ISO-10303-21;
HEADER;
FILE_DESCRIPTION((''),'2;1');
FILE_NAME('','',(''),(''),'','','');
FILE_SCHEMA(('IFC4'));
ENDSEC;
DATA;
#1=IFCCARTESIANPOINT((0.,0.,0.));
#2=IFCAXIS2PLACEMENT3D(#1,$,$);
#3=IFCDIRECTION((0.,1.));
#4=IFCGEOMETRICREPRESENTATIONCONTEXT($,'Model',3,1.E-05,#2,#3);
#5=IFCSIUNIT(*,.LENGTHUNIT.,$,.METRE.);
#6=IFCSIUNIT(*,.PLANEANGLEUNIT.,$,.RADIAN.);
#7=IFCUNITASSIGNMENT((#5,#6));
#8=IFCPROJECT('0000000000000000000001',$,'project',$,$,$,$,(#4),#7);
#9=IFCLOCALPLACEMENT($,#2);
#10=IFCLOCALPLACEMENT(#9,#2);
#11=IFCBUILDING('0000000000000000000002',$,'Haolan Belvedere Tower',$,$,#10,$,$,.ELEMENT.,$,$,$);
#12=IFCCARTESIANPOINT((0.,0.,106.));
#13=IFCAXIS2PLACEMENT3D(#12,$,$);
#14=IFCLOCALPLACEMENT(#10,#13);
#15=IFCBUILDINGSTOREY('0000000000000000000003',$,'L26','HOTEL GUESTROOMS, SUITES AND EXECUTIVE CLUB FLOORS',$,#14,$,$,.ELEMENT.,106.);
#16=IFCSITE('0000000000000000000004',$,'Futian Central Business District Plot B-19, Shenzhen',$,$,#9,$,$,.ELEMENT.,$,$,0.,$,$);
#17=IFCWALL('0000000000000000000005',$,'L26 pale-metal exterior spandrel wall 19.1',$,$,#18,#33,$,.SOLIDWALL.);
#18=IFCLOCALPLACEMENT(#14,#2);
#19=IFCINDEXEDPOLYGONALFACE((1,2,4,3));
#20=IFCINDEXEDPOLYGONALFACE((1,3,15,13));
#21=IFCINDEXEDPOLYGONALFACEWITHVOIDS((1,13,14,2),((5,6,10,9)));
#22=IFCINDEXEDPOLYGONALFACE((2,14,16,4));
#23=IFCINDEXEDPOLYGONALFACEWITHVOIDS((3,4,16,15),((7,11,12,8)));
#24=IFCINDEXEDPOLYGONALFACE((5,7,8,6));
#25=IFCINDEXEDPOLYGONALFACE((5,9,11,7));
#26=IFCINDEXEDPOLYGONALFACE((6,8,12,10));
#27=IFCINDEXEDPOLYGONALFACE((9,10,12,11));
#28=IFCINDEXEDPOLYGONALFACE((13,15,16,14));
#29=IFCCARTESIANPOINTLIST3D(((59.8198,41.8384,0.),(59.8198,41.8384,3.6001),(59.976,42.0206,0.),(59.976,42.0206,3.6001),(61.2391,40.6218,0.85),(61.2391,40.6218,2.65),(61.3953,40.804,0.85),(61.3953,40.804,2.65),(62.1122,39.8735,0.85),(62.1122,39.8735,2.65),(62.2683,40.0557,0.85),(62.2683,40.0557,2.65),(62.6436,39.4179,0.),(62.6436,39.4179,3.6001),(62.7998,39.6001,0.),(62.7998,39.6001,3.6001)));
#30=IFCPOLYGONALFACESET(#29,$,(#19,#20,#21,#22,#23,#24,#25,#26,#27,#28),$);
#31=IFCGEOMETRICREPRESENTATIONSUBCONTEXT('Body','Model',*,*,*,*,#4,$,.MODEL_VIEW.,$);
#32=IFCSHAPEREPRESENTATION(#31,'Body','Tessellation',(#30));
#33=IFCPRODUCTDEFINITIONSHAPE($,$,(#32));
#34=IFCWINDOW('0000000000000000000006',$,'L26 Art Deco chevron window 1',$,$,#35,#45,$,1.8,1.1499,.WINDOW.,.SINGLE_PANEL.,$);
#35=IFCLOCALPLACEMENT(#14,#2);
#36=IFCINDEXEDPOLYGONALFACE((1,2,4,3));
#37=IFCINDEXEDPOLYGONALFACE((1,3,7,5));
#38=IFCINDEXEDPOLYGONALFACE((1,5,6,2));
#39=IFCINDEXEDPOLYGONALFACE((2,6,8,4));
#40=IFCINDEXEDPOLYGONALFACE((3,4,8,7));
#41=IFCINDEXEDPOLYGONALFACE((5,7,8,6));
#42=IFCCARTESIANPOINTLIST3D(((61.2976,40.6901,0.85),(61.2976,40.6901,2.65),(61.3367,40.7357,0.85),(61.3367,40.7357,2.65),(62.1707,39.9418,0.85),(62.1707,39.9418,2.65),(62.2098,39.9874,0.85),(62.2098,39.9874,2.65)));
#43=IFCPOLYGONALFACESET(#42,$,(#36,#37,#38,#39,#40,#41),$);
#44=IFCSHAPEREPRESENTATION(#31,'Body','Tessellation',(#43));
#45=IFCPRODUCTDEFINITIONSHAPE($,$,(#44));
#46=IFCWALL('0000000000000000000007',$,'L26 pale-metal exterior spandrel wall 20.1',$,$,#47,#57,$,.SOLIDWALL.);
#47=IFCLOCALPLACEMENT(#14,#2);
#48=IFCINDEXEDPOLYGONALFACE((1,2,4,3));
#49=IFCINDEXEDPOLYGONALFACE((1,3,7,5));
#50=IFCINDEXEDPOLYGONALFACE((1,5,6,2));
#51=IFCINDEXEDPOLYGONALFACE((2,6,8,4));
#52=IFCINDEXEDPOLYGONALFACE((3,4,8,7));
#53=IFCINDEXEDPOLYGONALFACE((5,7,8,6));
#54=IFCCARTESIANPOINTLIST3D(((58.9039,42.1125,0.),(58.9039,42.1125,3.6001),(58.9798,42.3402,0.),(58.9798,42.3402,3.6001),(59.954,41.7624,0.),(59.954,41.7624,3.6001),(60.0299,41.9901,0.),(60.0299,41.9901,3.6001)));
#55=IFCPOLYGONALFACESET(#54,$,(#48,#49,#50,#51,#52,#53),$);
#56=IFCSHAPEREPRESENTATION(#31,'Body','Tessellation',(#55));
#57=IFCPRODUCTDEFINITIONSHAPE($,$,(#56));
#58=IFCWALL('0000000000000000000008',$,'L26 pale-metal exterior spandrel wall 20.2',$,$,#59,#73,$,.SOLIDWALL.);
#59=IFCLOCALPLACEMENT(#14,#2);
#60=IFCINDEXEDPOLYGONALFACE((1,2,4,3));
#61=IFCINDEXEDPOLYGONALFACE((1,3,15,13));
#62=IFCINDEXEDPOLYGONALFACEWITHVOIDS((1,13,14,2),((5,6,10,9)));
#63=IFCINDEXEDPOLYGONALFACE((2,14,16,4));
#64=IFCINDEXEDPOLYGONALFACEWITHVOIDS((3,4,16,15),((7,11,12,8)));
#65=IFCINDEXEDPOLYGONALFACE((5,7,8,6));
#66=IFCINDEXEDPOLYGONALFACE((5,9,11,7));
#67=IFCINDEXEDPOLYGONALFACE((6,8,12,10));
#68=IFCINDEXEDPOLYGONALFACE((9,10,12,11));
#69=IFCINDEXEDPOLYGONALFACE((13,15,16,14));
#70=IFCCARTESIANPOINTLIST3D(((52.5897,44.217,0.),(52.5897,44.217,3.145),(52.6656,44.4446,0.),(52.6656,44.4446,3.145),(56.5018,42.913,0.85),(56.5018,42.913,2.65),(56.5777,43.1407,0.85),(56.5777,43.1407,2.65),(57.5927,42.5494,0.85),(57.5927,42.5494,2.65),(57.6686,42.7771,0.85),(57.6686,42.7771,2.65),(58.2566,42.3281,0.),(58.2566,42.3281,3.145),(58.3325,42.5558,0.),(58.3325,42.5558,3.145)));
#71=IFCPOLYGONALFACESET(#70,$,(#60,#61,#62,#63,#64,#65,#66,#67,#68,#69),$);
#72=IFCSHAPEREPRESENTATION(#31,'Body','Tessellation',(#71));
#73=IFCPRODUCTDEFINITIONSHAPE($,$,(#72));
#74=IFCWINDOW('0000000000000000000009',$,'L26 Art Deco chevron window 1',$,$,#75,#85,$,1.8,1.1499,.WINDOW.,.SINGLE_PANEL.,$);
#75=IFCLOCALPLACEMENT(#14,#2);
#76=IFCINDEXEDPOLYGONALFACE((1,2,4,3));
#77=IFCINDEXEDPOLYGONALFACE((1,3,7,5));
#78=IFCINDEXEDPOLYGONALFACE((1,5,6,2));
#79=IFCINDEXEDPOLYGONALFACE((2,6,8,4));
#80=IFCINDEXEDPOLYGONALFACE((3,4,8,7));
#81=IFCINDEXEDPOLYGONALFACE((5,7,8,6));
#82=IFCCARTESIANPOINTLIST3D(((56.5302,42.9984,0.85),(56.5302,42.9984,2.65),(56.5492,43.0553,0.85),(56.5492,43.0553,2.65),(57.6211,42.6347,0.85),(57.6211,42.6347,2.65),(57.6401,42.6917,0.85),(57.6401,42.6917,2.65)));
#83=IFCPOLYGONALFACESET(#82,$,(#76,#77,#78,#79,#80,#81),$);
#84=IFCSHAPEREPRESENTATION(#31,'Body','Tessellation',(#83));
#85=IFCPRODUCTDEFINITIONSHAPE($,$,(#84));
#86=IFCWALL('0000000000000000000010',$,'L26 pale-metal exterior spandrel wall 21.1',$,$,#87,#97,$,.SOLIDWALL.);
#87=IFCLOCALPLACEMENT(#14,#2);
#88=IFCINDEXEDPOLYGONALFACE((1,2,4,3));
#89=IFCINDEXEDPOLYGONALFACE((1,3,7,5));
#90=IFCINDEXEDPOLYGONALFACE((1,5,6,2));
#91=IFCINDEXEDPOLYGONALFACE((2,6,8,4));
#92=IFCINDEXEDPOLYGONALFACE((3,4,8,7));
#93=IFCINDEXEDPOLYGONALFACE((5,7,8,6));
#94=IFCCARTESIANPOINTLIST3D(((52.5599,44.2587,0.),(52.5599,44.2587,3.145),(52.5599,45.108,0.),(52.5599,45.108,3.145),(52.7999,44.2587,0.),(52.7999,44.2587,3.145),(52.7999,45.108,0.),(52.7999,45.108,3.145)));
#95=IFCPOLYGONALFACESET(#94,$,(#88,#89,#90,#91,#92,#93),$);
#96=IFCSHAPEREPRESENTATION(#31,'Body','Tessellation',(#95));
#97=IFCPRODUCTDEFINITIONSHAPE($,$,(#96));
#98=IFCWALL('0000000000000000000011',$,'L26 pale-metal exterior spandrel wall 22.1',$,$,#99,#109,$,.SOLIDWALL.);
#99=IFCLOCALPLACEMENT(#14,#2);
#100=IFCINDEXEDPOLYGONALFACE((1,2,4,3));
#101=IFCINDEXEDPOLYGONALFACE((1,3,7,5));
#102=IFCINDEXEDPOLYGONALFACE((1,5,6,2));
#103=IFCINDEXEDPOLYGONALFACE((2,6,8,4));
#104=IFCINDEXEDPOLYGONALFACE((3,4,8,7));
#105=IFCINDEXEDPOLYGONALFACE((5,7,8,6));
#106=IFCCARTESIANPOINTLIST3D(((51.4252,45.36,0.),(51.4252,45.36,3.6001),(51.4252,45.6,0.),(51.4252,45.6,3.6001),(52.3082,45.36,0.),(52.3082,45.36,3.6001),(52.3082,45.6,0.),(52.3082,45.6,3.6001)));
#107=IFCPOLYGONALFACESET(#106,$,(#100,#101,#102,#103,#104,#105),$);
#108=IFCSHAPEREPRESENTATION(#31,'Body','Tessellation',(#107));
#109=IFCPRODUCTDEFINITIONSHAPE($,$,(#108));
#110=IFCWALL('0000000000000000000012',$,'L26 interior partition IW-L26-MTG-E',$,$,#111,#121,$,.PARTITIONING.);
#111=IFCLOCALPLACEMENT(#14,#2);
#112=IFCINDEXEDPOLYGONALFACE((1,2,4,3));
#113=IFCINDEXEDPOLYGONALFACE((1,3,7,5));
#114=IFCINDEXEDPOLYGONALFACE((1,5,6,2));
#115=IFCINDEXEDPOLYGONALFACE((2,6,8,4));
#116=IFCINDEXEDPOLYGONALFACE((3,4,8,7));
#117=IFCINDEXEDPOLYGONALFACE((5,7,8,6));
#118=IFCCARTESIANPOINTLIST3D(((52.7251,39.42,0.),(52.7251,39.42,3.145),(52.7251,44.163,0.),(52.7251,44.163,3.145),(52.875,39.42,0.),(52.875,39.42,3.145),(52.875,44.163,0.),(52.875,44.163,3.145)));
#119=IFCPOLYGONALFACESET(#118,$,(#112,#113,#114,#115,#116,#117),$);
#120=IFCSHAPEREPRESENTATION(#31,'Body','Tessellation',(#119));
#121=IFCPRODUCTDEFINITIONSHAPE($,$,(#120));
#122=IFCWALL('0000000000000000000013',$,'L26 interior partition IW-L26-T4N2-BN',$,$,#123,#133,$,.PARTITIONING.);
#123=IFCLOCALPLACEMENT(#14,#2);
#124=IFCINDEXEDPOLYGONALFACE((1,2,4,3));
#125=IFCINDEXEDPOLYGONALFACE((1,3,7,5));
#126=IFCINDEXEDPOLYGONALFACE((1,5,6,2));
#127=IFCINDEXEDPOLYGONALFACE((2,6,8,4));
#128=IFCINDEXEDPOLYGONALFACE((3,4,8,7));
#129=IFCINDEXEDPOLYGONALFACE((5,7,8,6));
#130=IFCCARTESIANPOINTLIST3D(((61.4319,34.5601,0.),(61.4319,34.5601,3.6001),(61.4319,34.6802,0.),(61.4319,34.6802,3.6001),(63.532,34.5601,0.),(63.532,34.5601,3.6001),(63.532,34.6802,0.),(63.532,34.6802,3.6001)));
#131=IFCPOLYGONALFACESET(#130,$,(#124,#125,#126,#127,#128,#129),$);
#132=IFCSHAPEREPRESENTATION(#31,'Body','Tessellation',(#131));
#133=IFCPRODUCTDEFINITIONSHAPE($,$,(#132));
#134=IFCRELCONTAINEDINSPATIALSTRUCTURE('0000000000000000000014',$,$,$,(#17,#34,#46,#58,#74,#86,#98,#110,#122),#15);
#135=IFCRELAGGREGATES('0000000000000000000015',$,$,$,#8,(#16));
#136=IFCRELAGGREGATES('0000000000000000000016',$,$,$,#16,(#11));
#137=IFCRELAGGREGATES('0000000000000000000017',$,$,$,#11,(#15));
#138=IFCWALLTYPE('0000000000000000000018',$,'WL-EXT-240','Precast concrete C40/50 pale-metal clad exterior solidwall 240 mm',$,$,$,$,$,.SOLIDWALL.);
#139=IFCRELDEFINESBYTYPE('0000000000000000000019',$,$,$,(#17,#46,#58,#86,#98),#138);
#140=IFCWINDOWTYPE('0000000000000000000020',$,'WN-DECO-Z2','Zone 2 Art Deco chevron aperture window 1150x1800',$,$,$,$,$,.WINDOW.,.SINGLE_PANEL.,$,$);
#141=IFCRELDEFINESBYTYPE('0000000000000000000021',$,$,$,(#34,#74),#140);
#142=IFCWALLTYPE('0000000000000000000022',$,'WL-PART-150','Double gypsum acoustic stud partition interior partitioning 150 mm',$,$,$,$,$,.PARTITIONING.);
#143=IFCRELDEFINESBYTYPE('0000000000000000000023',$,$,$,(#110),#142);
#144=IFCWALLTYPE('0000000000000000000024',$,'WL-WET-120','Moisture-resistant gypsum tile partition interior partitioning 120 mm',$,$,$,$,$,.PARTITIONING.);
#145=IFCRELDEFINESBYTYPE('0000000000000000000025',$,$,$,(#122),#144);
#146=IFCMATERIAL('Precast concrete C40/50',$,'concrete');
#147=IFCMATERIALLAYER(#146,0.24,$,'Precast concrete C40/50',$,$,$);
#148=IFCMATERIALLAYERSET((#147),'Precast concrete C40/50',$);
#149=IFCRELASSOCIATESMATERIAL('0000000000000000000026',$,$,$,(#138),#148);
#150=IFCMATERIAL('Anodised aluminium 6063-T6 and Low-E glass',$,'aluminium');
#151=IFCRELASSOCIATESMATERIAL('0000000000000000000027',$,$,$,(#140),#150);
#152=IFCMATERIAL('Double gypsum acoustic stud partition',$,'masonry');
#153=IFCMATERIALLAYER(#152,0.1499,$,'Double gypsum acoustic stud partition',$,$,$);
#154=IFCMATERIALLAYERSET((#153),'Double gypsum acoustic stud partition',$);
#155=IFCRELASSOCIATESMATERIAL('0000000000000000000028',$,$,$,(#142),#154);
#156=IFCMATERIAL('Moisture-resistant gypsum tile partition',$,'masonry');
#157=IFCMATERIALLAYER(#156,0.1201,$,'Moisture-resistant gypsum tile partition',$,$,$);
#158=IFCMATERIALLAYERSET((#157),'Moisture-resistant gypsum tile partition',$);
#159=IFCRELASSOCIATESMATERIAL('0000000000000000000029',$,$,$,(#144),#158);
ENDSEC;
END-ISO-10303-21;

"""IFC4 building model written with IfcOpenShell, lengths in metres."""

from ifc_helpers import new_model, si_unit, direction, frame, frame_2d, origin, place, context, subcontext, project, spatial, rectangle, extrude, material, layer, layer_set, type_object, element, fill, save


model = new_model("IFC4")

# Units and contexts
model_context = context("Model", 3, precision=1e-05, world=origin(), true_north=direction((0.0, 1.0)))
body_context = subcontext(model_context, "Body", "Model", "MODEL_VIEW")
ifc_project = project(units=[si_unit("LENGTHUNIT", "METRE"), si_unit("PLANEANGLEUNIT", "RADIAN")], contexts=[model_context])

# Site, building, storey
site_placement = place(None, origin())
site = spatial("IfcSite", under=ifc_project, at=site_placement, Name="Futian Central Business District Plot B-19, Shenzhen", CompositionType="ELEMENT", RefElevation=0.0)
building_placement = place(site_placement, origin())
building = spatial("IfcBuilding", under=site, at=building_placement, Name="Haolan Belvedere Tower", CompositionType="ELEMENT")
storey_placement = place(building_placement, frame((0.0, 0.0, 106.0)))
storey = spatial("IfcBuildingStorey", under=building, at=storey_placement, Name="L26", Description="HOTEL GUESTROOMS, SUITES AND EXECUTIVE CLUB FLOORS", CompositionType="ELEMENT", Elevation=106.0)

# Shared definitions
ifc_material_1 = material(Name="Precast concrete C40/50", Category="concrete")
ifc_layer_1 = layer(ifc_material_1, 0.24, Name="Precast concrete C40/50")
ifc_layer_set_1 = layer_set([ifc_layer_1], Name="Precast concrete C40/50")
wall_type_1 = type_object("IfcWallType", Name="WL-EXT-240", Description="Precast concrete C40/50 pale-metal clad exterior solidwall 240 mm", PredefinedType="SOLIDWALL", material=ifc_layer_set_1)

# Wall, opening, window
wall_1_placement = place(storey_placement, frame((62.7217, 39.509, 0.0), z_axis=(0.0, 0.0, 1.0), x_axis=(-0.759247, 0.650802, 0.0)))
wall_1 = element("IfcWall", 1, at=wall_1_placement, inside=storey, type_object=wall_type_1, Name="L26 pale-metal exterior spandrel wall 19.1", PredefinedType="SOLIDWALL", context=body_context, shape_type="SweptSolid", body=[
    extrude(rectangle(XDim=3.7192, YDim=0.24, at=frame_2d((1.8596, 0.0))), origin(), (0.0, 0.0, 1.0), 3.6001),
])
opening_1_placement = place(wall_1_placement, frame((0.7, 0.0, 0.8501)))
opening_1 = element("IfcOpeningElement", 2, at=opening_1_placement, cuts=wall_1, PredefinedType="OPENING", context=body_context, shape_type="SweptSolid", body=[
    extrude(rectangle(XDim=1.1499, YDim=1.8, at=frame_2d((0.575, 0.8999))), frame((0.0, 0.1299, 0.0), z_axis=(0.0, -1.0, 0.0), x_axis=(1.0, 0.0, 0.0)), (0.0, 0.0, 1.0), 0.26),
])
ifc_material_2 = material(Name="Anodised aluminium 6063-T6 and Low-E glass", Category="aluminium")
window_type = type_object("IfcWindowType", Name="WN-DECO-Z2", Description="Zone 2 Art Deco chevron aperture window 1150x1800", PartitioningType="SINGLE_PANEL", PredefinedType="WINDOW", material=ifc_material_2)
window_1_placement = place(opening_1_placement, origin())
window_1 = element("IfcWindow", 3, at=window_1_placement, inside=storey, type_object=window_type, Name="L26 Art Deco chevron window 1", OverallHeight=1.8, OverallWidth=1.1499, PartitioningType="SINGLE_PANEL", PredefinedType="WINDOW", context=body_context, shape_type="SweptSolid", body=[
    extrude(rectangle(XDim=1.1499, YDim=1.8, at=frame_2d((0.575, 0.8999))), frame((0.0, 0.03, 0.0), z_axis=(0.0, -1.0, 0.0), x_axis=(1.0, 0.0, 0.0)), (0.0, 0.0, 1.0), 0.0601),
])
fill(opening_1, window_1)

# Wall
wall_2_placement = place(storey_placement, frame((59.9919, 41.8762, 0.0), z_axis=(0.0, 0.0, 1.0), x_axis=(-0.948661, 0.316294, 0.0)))
element("IfcWall", 4, at=wall_2_placement, inside=storey, type_object=wall_type_1, Name="L26 pale-metal exterior spandrel wall 20.1", PredefinedType="SOLIDWALL", context=body_context, shape_type="SweptSolid", body=[
    extrude(rectangle(XDim=1.1069, YDim=0.24, at=frame_2d((0.5535, 0.0))), origin(), (0.0, 0.0, 1.0), 3.6001),
])

# Wall, opening, window
wall_3_placement = place(storey_placement, frame((58.2947, 42.4419, 0.0), z_axis=(0.0, 0.0, 1.0), x_axis=(-0.948687, 0.316216, 0.0)))
wall_3 = element("IfcWall", 5, at=wall_3_placement, inside=storey, type_object=wall_type_1, Name="L26 pale-metal exterior spandrel wall 20.2", PredefinedType="SOLIDWALL", context=body_context, shape_type="SweptSolid", body=[
    extrude(rectangle(XDim=5.9734, YDim=0.24, at=frame_2d((2.9868, 0.0))), origin(), (0.0, 0.0, 1.0), 3.145),
])
opening_2_placement = place(wall_3_placement, frame((0.7, 0.0, 0.8501)))
opening_2 = element("IfcOpeningElement", 6, at=opening_2_placement, cuts=wall_3, PredefinedType="OPENING", context=body_context, shape_type="SweptSolid", body=[
    extrude(rectangle(XDim=1.1499, YDim=1.8, at=frame_2d((0.575, 0.8999))), frame((0.0, 0.1299, 0.0), z_axis=(0.0, -1.0, 0.0), x_axis=(1.0, 0.0, 0.0)), (0.0, 0.0, 1.0), 0.26),
])
window_2_placement = place(opening_2_placement, origin())
window_2 = element("IfcWindow", 7, at=window_2_placement, inside=storey, type_object=window_type, Name="L26 Art Deco chevron window 1", OverallHeight=1.8, OverallWidth=1.1499, PartitioningType="SINGLE_PANEL", PredefinedType="WINDOW", context=body_context, shape_type="SweptSolid", body=[
    extrude(rectangle(XDim=1.1499, YDim=1.8, at=frame_2d((0.575, 0.8999))), frame((0.0, 0.03, 0.0), z_axis=(0.0, -1.0, 0.0), x_axis=(1.0, 0.0, 0.0)), (0.0, 0.0, 1.0), 0.0601),
])
fill(opening_2, window_2)

# Walls
wall_4_placement = place(storey_placement, frame((52.6799, 44.2585, 0.0), z_axis=(0.0, 0.0, 1.0), x_axis=(0.0, 1.0, 0.0)))
element("IfcWall", 8, at=wall_4_placement, inside=storey, type_object=wall_type_1, Name="L26 pale-metal exterior spandrel wall 21.1", PredefinedType="SOLIDWALL", context=body_context, shape_type="SweptSolid", body=[
    extrude(rectangle(XDim=0.8494, YDim=0.24, at=frame_2d((0.4248, 0.0))), origin(), (0.0, 0.0, 1.0), 3.145),
])
wall_5_placement = place(storey_placement, frame((52.3081, 45.48, 0.0), z_axis=(0.0, 0.0, 1.0), x_axis=(-1.0, 0.0, 0.0)))
element("IfcWall", 9, at=wall_5_placement, inside=storey, type_object=wall_type_1, Name="L26 pale-metal exterior spandrel wall 22.1", PredefinedType="SOLIDWALL", context=body_context, shape_type="SweptSolid", body=[
    extrude(rectangle(XDim=0.8831, YDim=0.24, at=frame_2d((0.4414, 0.0))), origin(), (0.0, 0.0, 1.0), 3.6001),
])
ifc_material_3 = material(Name="Double gypsum acoustic stud partition", Category="masonry")
ifc_layer_2 = layer(ifc_material_3, 0.1499, Name="Double gypsum acoustic stud partition")
ifc_layer_set_2 = layer_set([ifc_layer_2], Name="Double gypsum acoustic stud partition")
wall_type_2 = type_object("IfcWallType", Name="WL-PART-150", Description="Double gypsum acoustic stud partition interior partitioning 150 mm", PredefinedType="PARTITIONING", material=ifc_layer_set_2)
wall_6_placement = place(storey_placement, frame((52.8, 39.4199, 0.0), z_axis=(0.0, 0.0, 1.0), x_axis=(0.0, 1.0, 0.0)))
element("IfcWall", 10, at=wall_6_placement, inside=storey, type_object=wall_type_2, Name="L26 interior partition IW-L26-MTG-E", PredefinedType="PARTITIONING", context=body_context, shape_type="SweptSolid", body=[
    extrude(rectangle(XDim=4.7429, YDim=0.1499, at=frame_2d((2.3716, 0.0))), origin(), (0.0, 0.0, 1.0), 3.145),
])
ifc_material_4 = material(Name="Moisture-resistant gypsum tile partition", Category="masonry")
ifc_layer_3 = layer(ifc_material_4, 0.1201, Name="Moisture-resistant gypsum tile partition")
ifc_layer_set_3 = layer_set([ifc_layer_3], Name="Moisture-resistant gypsum tile partition")
wall_type_3 = type_object("IfcWallType", Name="WL-WET-120", Description="Moisture-resistant gypsum tile partition interior partitioning 120 mm", PredefinedType="PARTITIONING", material=ifc_layer_set_3)
wall_7_placement = place(storey_placement, frame((61.4319, 34.6201, 0.0), z_axis=(0.0, 0.0, 1.0), x_axis=(1.0, 0.0, 0.0)))
element("IfcWall", 11, at=wall_7_placement, inside=storey, type_object=wall_type_3, Name="L26 interior partition IW-L26-T4N2-BN", PredefinedType="PARTITIONING", context=body_context, shape_type="SweptSolid", body=[
    extrude(rectangle(XDim=2.1001, YDim=0.1201, at=frame_2d((1.05, 0.0))), origin(), (0.0, 0.0, 1.0), 3.6001),
])

save(model, "model.ifc")
